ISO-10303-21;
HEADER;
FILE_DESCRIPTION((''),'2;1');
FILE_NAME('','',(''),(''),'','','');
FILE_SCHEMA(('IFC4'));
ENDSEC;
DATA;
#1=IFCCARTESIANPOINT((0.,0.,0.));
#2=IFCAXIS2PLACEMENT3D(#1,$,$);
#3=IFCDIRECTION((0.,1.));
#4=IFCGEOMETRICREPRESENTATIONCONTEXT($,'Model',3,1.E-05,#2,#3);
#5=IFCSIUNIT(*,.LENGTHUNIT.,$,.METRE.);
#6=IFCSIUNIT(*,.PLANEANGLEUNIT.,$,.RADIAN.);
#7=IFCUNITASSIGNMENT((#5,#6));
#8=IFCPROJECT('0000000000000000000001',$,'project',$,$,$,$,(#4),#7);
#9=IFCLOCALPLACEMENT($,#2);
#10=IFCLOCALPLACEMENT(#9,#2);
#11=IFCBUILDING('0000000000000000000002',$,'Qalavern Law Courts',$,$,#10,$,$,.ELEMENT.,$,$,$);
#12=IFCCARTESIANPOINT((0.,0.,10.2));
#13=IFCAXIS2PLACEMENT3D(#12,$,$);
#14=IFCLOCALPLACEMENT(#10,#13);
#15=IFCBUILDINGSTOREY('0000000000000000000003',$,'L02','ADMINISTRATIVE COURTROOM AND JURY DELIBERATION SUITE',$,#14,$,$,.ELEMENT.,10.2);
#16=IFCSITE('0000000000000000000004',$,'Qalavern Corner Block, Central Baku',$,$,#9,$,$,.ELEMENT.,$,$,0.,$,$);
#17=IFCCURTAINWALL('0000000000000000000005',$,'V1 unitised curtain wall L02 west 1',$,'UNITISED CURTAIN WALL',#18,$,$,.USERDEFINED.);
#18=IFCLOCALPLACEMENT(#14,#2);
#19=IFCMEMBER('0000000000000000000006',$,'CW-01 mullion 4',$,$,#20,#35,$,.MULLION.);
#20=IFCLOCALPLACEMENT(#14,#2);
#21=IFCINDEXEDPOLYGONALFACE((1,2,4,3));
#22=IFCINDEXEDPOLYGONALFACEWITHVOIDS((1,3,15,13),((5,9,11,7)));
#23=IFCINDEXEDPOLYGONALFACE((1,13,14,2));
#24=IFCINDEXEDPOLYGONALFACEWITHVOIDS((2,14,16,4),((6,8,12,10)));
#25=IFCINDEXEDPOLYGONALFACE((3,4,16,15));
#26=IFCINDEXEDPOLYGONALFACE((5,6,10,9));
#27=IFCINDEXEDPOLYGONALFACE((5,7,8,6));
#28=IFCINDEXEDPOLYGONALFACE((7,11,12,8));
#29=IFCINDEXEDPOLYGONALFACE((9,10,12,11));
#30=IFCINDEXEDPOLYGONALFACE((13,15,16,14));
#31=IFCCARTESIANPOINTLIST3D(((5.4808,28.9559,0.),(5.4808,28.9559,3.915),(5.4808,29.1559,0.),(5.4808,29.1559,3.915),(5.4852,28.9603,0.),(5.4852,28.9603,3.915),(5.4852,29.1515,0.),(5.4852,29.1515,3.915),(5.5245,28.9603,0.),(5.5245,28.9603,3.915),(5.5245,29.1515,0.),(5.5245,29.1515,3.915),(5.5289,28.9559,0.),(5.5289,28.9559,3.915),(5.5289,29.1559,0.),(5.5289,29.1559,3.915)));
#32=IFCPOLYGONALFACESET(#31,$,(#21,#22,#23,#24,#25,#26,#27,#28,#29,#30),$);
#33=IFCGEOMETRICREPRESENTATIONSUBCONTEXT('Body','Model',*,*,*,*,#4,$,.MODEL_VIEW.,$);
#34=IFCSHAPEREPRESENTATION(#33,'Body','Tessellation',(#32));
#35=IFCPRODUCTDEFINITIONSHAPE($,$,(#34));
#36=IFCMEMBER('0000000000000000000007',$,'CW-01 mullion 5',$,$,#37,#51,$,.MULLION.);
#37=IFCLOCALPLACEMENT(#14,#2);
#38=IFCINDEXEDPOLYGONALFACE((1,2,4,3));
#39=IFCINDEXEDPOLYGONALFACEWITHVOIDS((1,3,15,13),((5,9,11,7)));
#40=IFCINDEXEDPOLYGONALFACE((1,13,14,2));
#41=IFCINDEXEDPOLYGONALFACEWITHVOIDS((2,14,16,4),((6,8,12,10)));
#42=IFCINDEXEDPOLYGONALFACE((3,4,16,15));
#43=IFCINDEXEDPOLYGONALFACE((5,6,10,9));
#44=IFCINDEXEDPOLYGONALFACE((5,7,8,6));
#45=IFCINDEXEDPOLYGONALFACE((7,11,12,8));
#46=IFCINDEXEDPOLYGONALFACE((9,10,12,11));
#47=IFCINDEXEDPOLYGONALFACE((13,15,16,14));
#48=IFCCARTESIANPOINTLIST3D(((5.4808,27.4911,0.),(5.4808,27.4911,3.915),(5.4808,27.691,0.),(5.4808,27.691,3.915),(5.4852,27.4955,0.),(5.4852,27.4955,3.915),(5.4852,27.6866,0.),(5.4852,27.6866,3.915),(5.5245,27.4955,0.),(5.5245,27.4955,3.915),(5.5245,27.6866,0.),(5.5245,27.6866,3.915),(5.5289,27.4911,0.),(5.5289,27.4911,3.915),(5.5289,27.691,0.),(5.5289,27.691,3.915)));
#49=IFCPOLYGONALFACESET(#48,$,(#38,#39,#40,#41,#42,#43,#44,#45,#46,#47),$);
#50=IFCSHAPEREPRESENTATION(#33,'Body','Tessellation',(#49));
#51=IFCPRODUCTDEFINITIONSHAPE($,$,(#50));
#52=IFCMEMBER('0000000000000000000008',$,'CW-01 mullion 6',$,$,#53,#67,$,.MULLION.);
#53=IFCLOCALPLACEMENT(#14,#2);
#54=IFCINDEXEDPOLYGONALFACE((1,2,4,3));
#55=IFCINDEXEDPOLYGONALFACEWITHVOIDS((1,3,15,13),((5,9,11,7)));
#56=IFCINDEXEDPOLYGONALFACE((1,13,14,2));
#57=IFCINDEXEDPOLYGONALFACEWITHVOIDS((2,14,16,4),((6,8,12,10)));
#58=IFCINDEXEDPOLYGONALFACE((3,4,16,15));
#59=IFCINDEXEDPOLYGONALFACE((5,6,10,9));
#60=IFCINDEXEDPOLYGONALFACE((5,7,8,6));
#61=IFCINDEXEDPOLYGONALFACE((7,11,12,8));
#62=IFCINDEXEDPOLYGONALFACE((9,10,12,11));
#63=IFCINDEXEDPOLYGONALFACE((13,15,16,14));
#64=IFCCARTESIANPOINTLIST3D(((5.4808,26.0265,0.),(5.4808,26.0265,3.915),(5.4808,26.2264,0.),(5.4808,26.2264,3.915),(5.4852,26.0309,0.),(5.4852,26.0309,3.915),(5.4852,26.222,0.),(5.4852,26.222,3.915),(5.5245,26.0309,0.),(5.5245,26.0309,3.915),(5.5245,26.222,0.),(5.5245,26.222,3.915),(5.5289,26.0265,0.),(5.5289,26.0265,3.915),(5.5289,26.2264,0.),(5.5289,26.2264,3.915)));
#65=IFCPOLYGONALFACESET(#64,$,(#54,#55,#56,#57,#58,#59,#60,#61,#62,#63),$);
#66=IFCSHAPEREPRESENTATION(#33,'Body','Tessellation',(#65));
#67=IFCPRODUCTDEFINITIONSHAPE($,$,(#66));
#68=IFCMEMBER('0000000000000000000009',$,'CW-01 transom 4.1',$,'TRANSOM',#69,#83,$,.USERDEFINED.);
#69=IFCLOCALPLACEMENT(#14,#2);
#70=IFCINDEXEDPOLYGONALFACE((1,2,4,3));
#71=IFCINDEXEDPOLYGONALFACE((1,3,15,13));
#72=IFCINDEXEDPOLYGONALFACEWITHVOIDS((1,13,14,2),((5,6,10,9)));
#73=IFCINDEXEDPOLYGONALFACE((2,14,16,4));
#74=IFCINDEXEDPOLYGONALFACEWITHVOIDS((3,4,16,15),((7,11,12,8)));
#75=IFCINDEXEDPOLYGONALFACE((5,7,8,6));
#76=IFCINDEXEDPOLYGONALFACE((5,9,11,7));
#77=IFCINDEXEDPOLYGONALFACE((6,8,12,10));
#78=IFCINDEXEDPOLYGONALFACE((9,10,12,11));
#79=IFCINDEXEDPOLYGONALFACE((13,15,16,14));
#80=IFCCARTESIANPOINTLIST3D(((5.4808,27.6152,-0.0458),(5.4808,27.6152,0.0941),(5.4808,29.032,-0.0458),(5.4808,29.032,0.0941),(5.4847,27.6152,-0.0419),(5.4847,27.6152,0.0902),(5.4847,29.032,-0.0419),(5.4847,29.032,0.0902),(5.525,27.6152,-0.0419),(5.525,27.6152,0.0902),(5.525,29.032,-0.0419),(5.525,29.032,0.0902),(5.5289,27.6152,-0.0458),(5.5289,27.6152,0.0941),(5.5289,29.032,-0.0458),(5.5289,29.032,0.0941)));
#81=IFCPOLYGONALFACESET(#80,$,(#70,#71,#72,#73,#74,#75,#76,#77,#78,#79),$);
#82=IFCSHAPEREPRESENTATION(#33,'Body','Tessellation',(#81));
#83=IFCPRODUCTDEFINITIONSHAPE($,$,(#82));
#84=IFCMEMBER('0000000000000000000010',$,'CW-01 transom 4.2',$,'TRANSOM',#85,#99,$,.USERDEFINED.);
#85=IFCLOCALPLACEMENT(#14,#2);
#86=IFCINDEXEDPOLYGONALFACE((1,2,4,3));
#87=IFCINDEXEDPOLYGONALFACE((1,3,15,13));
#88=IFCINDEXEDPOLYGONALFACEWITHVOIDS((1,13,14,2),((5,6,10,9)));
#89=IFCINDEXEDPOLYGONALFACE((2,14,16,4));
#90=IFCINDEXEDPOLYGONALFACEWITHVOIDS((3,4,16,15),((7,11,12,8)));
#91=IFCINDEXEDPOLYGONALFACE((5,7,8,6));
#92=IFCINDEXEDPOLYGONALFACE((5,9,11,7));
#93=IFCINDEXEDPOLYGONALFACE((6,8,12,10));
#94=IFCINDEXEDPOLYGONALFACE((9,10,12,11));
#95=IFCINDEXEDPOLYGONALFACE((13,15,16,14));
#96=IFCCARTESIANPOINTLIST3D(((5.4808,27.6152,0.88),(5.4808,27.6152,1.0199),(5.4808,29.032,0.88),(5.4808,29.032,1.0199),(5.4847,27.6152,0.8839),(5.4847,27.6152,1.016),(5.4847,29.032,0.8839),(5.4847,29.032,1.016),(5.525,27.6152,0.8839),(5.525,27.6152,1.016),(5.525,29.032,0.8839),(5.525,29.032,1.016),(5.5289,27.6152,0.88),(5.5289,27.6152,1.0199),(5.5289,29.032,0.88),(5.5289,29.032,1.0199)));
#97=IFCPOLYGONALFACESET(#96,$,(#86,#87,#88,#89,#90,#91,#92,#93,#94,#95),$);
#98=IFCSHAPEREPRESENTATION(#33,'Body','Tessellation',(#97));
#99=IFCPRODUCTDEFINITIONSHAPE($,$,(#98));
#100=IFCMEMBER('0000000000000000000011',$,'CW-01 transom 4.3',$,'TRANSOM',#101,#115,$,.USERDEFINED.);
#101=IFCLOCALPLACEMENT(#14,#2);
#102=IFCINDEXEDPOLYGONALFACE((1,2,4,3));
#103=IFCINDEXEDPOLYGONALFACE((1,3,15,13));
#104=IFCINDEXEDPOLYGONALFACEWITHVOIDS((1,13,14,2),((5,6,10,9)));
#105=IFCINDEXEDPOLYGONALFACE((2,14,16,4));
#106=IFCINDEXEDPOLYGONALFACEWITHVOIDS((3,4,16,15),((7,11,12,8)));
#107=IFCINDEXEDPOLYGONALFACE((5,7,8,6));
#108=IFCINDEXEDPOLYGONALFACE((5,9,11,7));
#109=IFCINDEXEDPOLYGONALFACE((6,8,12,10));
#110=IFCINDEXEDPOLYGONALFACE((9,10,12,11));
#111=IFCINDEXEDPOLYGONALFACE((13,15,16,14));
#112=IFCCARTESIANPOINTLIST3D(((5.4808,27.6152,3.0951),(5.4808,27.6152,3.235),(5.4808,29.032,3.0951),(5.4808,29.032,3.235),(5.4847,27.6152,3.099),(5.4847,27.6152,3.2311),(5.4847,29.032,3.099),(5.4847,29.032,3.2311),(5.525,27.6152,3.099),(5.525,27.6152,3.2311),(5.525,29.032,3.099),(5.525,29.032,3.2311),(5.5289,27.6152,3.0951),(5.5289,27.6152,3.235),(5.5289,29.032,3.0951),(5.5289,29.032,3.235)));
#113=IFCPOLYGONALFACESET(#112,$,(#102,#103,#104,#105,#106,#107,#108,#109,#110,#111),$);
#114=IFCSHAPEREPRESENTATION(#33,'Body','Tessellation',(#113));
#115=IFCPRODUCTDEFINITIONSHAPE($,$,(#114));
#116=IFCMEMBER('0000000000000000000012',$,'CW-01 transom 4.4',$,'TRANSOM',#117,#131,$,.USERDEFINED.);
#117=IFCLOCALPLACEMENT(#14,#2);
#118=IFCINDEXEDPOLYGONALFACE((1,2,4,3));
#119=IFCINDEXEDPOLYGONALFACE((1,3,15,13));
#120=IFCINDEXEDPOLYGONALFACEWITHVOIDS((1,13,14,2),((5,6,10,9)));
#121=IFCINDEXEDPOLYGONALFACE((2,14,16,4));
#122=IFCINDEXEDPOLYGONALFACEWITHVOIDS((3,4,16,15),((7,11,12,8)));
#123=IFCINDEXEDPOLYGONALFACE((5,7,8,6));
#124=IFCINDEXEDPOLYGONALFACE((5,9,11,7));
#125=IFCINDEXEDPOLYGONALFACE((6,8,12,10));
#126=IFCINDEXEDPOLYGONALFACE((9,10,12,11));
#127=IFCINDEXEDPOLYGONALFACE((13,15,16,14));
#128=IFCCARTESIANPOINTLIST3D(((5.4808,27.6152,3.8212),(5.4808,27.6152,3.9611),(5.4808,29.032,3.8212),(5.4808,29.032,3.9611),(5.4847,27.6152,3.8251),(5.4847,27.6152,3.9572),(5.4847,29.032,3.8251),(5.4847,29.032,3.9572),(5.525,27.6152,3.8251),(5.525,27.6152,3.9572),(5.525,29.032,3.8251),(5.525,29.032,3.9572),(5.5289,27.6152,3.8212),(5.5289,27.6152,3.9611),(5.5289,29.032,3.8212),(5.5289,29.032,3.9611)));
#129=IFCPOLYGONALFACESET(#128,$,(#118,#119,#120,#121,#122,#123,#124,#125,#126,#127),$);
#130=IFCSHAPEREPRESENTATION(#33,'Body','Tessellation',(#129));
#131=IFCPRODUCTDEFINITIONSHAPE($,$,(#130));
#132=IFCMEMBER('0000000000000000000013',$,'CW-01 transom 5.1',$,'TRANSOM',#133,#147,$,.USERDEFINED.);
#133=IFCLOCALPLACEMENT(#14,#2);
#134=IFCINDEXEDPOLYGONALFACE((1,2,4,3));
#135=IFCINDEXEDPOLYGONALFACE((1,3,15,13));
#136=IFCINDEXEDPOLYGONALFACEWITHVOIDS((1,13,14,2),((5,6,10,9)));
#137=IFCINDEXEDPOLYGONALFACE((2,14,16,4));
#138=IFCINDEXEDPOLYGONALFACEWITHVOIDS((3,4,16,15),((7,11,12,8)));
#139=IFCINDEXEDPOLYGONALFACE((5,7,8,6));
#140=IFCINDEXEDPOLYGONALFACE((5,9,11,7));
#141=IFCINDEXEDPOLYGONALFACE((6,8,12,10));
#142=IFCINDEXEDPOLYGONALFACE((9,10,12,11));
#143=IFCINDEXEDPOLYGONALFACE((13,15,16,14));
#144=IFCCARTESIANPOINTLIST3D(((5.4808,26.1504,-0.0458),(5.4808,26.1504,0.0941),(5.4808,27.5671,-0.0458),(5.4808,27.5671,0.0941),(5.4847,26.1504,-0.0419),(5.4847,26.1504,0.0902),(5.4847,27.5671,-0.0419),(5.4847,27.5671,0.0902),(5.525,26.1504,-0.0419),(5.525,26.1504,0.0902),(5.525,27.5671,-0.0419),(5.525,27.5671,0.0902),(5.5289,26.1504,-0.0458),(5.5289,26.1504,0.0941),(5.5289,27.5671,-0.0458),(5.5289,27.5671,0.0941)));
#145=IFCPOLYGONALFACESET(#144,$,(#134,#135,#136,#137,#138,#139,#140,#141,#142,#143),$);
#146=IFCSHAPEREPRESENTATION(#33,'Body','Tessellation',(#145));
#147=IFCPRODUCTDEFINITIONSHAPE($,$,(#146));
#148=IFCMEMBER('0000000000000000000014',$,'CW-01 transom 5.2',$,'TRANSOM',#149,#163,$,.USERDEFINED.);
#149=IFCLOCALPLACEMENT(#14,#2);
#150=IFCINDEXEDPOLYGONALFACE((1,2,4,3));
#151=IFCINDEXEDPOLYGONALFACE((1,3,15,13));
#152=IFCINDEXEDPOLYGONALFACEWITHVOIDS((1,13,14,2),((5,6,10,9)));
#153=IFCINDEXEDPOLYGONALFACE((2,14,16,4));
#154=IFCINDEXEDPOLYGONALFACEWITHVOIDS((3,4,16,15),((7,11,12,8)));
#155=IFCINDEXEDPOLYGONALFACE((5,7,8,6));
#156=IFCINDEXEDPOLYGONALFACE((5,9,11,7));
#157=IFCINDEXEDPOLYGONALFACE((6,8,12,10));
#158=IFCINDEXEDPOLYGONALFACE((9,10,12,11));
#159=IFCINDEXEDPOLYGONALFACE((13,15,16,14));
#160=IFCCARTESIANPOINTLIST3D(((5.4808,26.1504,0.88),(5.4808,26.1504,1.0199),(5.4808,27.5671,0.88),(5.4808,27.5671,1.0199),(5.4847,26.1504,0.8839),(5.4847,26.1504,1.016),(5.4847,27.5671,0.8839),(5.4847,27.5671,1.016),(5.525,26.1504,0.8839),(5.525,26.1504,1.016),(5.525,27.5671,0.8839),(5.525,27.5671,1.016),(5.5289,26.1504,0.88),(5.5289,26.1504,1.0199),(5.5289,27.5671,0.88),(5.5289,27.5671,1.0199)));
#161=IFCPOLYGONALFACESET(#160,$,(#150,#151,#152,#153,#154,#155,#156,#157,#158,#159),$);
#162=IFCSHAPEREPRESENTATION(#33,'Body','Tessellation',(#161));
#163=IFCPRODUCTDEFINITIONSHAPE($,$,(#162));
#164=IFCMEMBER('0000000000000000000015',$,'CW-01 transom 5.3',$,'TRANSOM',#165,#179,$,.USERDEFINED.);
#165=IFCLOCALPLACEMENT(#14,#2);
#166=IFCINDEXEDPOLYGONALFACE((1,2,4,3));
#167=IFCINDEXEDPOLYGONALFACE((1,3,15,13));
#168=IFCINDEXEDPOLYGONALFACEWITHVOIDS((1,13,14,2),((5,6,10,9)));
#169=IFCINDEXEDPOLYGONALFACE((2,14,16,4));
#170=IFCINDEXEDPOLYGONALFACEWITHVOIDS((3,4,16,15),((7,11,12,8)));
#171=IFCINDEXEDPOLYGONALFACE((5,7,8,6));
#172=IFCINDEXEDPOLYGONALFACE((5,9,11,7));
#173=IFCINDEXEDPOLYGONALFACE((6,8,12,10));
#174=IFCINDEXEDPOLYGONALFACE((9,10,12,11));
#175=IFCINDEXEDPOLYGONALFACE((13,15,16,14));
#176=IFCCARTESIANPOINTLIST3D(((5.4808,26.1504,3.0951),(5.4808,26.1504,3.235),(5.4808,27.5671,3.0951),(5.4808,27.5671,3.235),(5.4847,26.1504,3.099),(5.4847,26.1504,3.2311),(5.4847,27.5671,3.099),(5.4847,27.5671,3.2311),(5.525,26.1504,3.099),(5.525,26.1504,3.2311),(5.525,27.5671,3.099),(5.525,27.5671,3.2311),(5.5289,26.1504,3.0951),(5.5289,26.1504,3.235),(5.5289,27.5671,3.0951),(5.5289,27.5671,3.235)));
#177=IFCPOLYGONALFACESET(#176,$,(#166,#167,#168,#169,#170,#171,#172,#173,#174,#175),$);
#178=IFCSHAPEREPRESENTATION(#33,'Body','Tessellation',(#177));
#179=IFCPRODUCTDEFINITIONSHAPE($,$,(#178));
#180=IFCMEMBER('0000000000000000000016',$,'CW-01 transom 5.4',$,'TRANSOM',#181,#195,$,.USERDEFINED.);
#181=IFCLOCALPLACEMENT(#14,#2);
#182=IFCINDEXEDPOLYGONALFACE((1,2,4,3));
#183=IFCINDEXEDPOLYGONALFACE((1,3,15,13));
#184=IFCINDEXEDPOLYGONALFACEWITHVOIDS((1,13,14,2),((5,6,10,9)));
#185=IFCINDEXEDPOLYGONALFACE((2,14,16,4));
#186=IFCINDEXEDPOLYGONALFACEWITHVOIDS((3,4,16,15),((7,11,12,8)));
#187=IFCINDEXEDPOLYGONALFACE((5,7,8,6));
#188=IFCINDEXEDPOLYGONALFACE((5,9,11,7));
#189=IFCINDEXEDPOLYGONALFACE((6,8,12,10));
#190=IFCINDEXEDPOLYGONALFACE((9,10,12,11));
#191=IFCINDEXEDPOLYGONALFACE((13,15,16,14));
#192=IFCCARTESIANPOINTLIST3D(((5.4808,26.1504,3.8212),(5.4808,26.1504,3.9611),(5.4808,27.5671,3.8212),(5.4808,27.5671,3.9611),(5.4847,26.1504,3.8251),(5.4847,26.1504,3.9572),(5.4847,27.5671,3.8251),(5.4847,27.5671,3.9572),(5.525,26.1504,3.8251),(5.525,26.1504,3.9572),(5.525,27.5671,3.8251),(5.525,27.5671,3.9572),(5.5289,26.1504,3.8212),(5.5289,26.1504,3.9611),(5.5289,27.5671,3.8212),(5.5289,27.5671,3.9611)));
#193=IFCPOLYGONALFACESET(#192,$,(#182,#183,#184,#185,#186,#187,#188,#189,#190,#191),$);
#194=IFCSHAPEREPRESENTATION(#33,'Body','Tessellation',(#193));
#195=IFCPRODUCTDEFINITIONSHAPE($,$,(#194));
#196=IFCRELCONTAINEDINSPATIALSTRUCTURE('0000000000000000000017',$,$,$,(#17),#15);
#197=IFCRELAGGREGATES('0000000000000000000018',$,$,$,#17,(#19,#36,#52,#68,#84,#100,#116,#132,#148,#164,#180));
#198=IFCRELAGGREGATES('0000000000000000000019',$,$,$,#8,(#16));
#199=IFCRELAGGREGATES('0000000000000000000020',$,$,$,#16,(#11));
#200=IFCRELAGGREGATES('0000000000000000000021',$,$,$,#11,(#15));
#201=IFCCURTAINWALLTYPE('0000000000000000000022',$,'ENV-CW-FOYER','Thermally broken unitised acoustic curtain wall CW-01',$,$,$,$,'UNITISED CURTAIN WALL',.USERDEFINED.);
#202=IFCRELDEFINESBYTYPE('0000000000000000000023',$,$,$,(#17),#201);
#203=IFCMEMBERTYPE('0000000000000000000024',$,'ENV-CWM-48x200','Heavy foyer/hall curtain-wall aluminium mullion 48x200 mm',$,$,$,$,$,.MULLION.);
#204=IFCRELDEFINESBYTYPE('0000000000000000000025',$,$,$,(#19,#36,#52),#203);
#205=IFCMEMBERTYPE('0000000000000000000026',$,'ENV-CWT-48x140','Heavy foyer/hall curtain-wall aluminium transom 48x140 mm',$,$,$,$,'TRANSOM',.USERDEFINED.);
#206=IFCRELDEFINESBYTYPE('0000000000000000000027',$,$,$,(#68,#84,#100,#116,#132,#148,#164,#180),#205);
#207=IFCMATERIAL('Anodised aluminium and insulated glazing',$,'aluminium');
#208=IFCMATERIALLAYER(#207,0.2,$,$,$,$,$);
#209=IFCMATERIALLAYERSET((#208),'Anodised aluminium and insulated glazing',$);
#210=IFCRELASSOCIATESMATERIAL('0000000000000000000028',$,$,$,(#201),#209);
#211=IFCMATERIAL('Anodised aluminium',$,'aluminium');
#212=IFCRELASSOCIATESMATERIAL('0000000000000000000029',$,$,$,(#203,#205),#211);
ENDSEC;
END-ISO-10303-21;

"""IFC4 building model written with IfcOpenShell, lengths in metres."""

from ifc_helpers import new_model, si_unit, direction, frame, origin, origin_2d, place, context, subcontext, project, spatial, hollow_rectangle, extrude, material, layer, layer_set, material_profile, profile_set, type_object, element, aggregate, save


model = new_model("IFC4")

# Units and contexts
model_context = context("Model", 3, precision=1e-05, world=origin(), true_north=direction((0.0, 1.0)))
body_context = subcontext(model_context, "Body", "Model", "MODEL_VIEW")
ifc_project = project(units=[si_unit("LENGTHUNIT", "METRE"), si_unit("PLANEANGLEUNIT", "RADIAN")], contexts=[model_context])

# Site, building, storey
site_placement = place(None, origin())
site = spatial("IfcSite", under=ifc_project, at=site_placement, Name="Qalavern Corner Block, Central Baku", CompositionType="ELEMENT", RefElevation=0.0)
building_placement = place(site_placement, origin())
building = spatial("IfcBuilding", under=site, at=building_placement, Name="Qalavern Law Courts", CompositionType="ELEMENT")
storey_placement = place(building_placement, frame((0.0, 0.0, 10.2)))
storey = spatial("IfcBuildingStorey", under=building, at=storey_placement, Name="L02", Description="ADMINISTRATIVE COURTROOM AND JURY DELIBERATION SUITE", CompositionType="ELEMENT", Elevation=10.2)

# Curtain wall, members
ifc_material_1 = material(Name="Anodised aluminium and insulated glazing", Category="aluminium")
ifc_layer_1 = layer(ifc_material_1, 0.2)
ifc_layer_set_1 = layer_set([ifc_layer_1], Name="Anodised aluminium and insulated glazing")
curtain_wall_type = type_object("IfcCurtainWallType", Name="ENV-CW-FOYER", Description="Thermally broken unitised acoustic curtain wall CW-01", ElementType="UNITISED CURTAIN WALL", PredefinedType="USERDEFINED", material=ifc_layer_set_1)
curtain_wall_placement = place(storey_placement, origin())
curtain_wall = element("IfcCurtainWall", 1, at=curtain_wall_placement, inside=storey, type_object=curtain_wall_type, Name="V1 unitised curtain wall L02 west 1", ObjectType="UNITISED CURTAIN WALL", PredefinedType="USERDEFINED")
ifc_material_2 = material(Name="Anodised aluminium", Category="aluminium")
ifc_material_profile_1 = material_profile(ifc_material_2, hollow_rectangle(XDim=0.0481, YDim=0.2, WallThickness=0.0044, at=origin_2d()), Name="ALU MULLION 48x200")
ifc_profile_set_1 = profile_set([ifc_material_profile_1], Name="Anodised aluminium")
member_type_1 = type_object("IfcMemberType", Name="ENV-CWM-48x200", Description="Heavy foyer/hall curtain-wall aluminium mullion 48x200 mm", PredefinedType="MULLION", material=ifc_profile_set_1)
member_1_placement = place(storey_placement, frame((5.5049, 29.0559, 0.0), z_axis=(0.0, 0.0, 1.0), x_axis=(1.0, 0.0, 0.0)))
member_1 = element("IfcMember", 2, at=member_1_placement, type_object=member_type_1, Name="CW-01 mullion 4", PredefinedType="MULLION", context=body_context, shape_type="SweptSolid", body=[
    extrude(hollow_rectangle(XDim=0.0481, YDim=0.2, WallThickness=0.0044, at=origin_2d()), origin(), (0.0, 0.0, 1.0), 3.915),
])
member_2_placement = place(storey_placement, frame((5.5049, 27.5911, 0.0), z_axis=(0.0, 0.0, 1.0), x_axis=(1.0, 0.0, 0.0)))
member_2 = element("IfcMember", 3, at=member_2_placement, type_object=member_type_1, Name="CW-01 mullion 5", PredefinedType="MULLION", context=body_context, shape_type="SweptSolid", body=[
    extrude(hollow_rectangle(XDim=0.0481, YDim=0.2, WallThickness=0.0044, at=origin_2d()), origin(), (0.0, 0.0, 1.0), 3.915),
])
member_3_placement = place(storey_placement, frame((5.5049, 26.1265, 0.0), z_axis=(0.0, 0.0, 1.0), x_axis=(1.0, 0.0, 0.0)))
member_3 = element("IfcMember", 4, at=member_3_placement, type_object=member_type_1, Name="CW-01 mullion 6", PredefinedType="MULLION", context=body_context, shape_type="SweptSolid", body=[
    extrude(hollow_rectangle(XDim=0.0481, YDim=0.2, WallThickness=0.0044, at=origin_2d()), origin(), (0.0, 0.0, 1.0), 3.915),
])
ifc_material_profile_2 = material_profile(ifc_material_2, hollow_rectangle(XDim=0.0481, YDim=0.1399, WallThickness=0.0039, at=origin_2d()), Name="ALU TRANSOM 48x140")
ifc_profile_set_2 = profile_set([ifc_material_profile_2], Name="Anodised aluminium")
member_type_2 = type_object("IfcMemberType", Name="ENV-CWT-48x140", Description="Heavy foyer/hall curtain-wall aluminium transom 48x140 mm", ElementType="TRANSOM", PredefinedType="USERDEFINED", material=ifc_profile_set_2)
member_4_placement = place(storey_placement, frame((5.5049, 29.032, 0.0242), z_axis=(0.0, -1.0, 0.0), x_axis=(1.0, 0.0, 0.0)))
member_4 = element("IfcMember", 5, at=member_4_placement, type_object=member_type_2, Name="CW-01 transom 4.1", ObjectType="TRANSOM", PredefinedType="USERDEFINED", context=body_context, shape_type="SweptSolid", body=[
    extrude(hollow_rectangle(XDim=0.0481, YDim=0.1399, WallThickness=0.0039, at=origin_2d()), origin(), (0.0, 0.0, 1.0), 1.4167),
])
member_5_placement = place(storey_placement, frame((5.5049, 29.032, 0.95), z_axis=(0.0, -1.0, 0.0), x_axis=(1.0, 0.0, 0.0)))
member_5 = element("IfcMember", 6, at=member_5_placement, type_object=member_type_2, Name="CW-01 transom 4.2", ObjectType="TRANSOM", PredefinedType="USERDEFINED", context=body_context, shape_type="SweptSolid", body=[
    extrude(hollow_rectangle(XDim=0.0481, YDim=0.1399, WallThickness=0.0039, at=origin_2d()), origin(), (0.0, 0.0, 1.0), 1.4167),
])
member_6_placement = place(storey_placement, frame((5.5049, 29.032, 3.165), z_axis=(0.0, -1.0, 0.0), x_axis=(1.0, 0.0, 0.0)))
member_6 = element("IfcMember", 7, at=member_6_placement, type_object=member_type_2, Name="CW-01 transom 4.3", ObjectType="TRANSOM", PredefinedType="USERDEFINED", context=body_context, shape_type="SweptSolid", body=[
    extrude(hollow_rectangle(XDim=0.0481, YDim=0.1399, WallThickness=0.0039, at=origin_2d()), origin(), (0.0, 0.0, 1.0), 1.4167),
])
member_7_placement = place(storey_placement, frame((5.5049, 29.032, 3.8911), z_axis=(0.0, -1.0, 0.0), x_axis=(1.0, 0.0, 0.0)))
member_7 = element("IfcMember", 8, at=member_7_placement, type_object=member_type_2, Name="CW-01 transom 4.4", ObjectType="TRANSOM", PredefinedType="USERDEFINED", context=body_context, shape_type="SweptSolid", body=[
    extrude(hollow_rectangle(XDim=0.0481, YDim=0.1399, WallThickness=0.0039, at=origin_2d()), origin(), (0.0, 0.0, 1.0), 1.4167),
])
member_8_placement = place(storey_placement, frame((5.5049, 27.5671, 0.0242), z_axis=(0.0, -1.0, 0.0), x_axis=(1.0, 0.0, 0.0)))
member_8 = element("IfcMember", 9, at=member_8_placement, type_object=member_type_2, Name="CW-01 transom 5.1", ObjectType="TRANSOM", PredefinedType="USERDEFINED", context=body_context, shape_type="SweptSolid", body=[
    extrude(hollow_rectangle(XDim=0.0481, YDim=0.1399, WallThickness=0.0039, at=origin_2d()), origin(), (0.0, 0.0, 1.0), 1.4167),
])
member_9_placement = place(storey_placement, frame((5.5049, 27.5671, 0.95), z_axis=(0.0, -1.0, 0.0), x_axis=(1.0, 0.0, 0.0)))
member_9 = element("IfcMember", 10, at=member_9_placement, type_object=member_type_2, Name="CW-01 transom 5.2", ObjectType="TRANSOM", PredefinedType="USERDEFINED", context=body_context, shape_type="SweptSolid", body=[
    extrude(hollow_rectangle(XDim=0.0481, YDim=0.1399, WallThickness=0.0039, at=origin_2d()), origin(), (0.0, 0.0, 1.0), 1.4167),
])
member_10_placement = place(storey_placement, frame((5.5049, 27.5671, 3.165), z_axis=(0.0, -1.0, 0.0), x_axis=(1.0, 0.0, 0.0)))
member_10 = element("IfcMember", 11, at=member_10_placement, type_object=member_type_2, Name="CW-01 transom 5.3", ObjectType="TRANSOM", PredefinedType="USERDEFINED", context=body_context, shape_type="SweptSolid", body=[
    extrude(hollow_rectangle(XDim=0.0481, YDim=0.1399, WallThickness=0.0039, at=origin_2d()), origin(), (0.0, 0.0, 1.0), 1.4167),
])
member_11_placement = place(storey_placement, frame((5.5049, 27.5671, 3.8911), z_axis=(0.0, -1.0, 0.0), x_axis=(1.0, 0.0, 0.0)))
member_11 = element("IfcMember", 12, at=member_11_placement, type_object=member_type_2, Name="CW-01 transom 5.4", ObjectType="TRANSOM", PredefinedType="USERDEFINED", context=body_context, shape_type="SweptSolid", body=[
    extrude(hollow_rectangle(XDim=0.0481, YDim=0.1399, WallThickness=0.0039, at=origin_2d()), origin(), (0.0, 0.0, 1.0), 1.4167),
])

aggregate(curtain_wall, [member_1, member_2, member_3, member_4, member_5, member_6, member_7, member_8, member_9, member_10, member_11])

save(model, "model.ifc")
